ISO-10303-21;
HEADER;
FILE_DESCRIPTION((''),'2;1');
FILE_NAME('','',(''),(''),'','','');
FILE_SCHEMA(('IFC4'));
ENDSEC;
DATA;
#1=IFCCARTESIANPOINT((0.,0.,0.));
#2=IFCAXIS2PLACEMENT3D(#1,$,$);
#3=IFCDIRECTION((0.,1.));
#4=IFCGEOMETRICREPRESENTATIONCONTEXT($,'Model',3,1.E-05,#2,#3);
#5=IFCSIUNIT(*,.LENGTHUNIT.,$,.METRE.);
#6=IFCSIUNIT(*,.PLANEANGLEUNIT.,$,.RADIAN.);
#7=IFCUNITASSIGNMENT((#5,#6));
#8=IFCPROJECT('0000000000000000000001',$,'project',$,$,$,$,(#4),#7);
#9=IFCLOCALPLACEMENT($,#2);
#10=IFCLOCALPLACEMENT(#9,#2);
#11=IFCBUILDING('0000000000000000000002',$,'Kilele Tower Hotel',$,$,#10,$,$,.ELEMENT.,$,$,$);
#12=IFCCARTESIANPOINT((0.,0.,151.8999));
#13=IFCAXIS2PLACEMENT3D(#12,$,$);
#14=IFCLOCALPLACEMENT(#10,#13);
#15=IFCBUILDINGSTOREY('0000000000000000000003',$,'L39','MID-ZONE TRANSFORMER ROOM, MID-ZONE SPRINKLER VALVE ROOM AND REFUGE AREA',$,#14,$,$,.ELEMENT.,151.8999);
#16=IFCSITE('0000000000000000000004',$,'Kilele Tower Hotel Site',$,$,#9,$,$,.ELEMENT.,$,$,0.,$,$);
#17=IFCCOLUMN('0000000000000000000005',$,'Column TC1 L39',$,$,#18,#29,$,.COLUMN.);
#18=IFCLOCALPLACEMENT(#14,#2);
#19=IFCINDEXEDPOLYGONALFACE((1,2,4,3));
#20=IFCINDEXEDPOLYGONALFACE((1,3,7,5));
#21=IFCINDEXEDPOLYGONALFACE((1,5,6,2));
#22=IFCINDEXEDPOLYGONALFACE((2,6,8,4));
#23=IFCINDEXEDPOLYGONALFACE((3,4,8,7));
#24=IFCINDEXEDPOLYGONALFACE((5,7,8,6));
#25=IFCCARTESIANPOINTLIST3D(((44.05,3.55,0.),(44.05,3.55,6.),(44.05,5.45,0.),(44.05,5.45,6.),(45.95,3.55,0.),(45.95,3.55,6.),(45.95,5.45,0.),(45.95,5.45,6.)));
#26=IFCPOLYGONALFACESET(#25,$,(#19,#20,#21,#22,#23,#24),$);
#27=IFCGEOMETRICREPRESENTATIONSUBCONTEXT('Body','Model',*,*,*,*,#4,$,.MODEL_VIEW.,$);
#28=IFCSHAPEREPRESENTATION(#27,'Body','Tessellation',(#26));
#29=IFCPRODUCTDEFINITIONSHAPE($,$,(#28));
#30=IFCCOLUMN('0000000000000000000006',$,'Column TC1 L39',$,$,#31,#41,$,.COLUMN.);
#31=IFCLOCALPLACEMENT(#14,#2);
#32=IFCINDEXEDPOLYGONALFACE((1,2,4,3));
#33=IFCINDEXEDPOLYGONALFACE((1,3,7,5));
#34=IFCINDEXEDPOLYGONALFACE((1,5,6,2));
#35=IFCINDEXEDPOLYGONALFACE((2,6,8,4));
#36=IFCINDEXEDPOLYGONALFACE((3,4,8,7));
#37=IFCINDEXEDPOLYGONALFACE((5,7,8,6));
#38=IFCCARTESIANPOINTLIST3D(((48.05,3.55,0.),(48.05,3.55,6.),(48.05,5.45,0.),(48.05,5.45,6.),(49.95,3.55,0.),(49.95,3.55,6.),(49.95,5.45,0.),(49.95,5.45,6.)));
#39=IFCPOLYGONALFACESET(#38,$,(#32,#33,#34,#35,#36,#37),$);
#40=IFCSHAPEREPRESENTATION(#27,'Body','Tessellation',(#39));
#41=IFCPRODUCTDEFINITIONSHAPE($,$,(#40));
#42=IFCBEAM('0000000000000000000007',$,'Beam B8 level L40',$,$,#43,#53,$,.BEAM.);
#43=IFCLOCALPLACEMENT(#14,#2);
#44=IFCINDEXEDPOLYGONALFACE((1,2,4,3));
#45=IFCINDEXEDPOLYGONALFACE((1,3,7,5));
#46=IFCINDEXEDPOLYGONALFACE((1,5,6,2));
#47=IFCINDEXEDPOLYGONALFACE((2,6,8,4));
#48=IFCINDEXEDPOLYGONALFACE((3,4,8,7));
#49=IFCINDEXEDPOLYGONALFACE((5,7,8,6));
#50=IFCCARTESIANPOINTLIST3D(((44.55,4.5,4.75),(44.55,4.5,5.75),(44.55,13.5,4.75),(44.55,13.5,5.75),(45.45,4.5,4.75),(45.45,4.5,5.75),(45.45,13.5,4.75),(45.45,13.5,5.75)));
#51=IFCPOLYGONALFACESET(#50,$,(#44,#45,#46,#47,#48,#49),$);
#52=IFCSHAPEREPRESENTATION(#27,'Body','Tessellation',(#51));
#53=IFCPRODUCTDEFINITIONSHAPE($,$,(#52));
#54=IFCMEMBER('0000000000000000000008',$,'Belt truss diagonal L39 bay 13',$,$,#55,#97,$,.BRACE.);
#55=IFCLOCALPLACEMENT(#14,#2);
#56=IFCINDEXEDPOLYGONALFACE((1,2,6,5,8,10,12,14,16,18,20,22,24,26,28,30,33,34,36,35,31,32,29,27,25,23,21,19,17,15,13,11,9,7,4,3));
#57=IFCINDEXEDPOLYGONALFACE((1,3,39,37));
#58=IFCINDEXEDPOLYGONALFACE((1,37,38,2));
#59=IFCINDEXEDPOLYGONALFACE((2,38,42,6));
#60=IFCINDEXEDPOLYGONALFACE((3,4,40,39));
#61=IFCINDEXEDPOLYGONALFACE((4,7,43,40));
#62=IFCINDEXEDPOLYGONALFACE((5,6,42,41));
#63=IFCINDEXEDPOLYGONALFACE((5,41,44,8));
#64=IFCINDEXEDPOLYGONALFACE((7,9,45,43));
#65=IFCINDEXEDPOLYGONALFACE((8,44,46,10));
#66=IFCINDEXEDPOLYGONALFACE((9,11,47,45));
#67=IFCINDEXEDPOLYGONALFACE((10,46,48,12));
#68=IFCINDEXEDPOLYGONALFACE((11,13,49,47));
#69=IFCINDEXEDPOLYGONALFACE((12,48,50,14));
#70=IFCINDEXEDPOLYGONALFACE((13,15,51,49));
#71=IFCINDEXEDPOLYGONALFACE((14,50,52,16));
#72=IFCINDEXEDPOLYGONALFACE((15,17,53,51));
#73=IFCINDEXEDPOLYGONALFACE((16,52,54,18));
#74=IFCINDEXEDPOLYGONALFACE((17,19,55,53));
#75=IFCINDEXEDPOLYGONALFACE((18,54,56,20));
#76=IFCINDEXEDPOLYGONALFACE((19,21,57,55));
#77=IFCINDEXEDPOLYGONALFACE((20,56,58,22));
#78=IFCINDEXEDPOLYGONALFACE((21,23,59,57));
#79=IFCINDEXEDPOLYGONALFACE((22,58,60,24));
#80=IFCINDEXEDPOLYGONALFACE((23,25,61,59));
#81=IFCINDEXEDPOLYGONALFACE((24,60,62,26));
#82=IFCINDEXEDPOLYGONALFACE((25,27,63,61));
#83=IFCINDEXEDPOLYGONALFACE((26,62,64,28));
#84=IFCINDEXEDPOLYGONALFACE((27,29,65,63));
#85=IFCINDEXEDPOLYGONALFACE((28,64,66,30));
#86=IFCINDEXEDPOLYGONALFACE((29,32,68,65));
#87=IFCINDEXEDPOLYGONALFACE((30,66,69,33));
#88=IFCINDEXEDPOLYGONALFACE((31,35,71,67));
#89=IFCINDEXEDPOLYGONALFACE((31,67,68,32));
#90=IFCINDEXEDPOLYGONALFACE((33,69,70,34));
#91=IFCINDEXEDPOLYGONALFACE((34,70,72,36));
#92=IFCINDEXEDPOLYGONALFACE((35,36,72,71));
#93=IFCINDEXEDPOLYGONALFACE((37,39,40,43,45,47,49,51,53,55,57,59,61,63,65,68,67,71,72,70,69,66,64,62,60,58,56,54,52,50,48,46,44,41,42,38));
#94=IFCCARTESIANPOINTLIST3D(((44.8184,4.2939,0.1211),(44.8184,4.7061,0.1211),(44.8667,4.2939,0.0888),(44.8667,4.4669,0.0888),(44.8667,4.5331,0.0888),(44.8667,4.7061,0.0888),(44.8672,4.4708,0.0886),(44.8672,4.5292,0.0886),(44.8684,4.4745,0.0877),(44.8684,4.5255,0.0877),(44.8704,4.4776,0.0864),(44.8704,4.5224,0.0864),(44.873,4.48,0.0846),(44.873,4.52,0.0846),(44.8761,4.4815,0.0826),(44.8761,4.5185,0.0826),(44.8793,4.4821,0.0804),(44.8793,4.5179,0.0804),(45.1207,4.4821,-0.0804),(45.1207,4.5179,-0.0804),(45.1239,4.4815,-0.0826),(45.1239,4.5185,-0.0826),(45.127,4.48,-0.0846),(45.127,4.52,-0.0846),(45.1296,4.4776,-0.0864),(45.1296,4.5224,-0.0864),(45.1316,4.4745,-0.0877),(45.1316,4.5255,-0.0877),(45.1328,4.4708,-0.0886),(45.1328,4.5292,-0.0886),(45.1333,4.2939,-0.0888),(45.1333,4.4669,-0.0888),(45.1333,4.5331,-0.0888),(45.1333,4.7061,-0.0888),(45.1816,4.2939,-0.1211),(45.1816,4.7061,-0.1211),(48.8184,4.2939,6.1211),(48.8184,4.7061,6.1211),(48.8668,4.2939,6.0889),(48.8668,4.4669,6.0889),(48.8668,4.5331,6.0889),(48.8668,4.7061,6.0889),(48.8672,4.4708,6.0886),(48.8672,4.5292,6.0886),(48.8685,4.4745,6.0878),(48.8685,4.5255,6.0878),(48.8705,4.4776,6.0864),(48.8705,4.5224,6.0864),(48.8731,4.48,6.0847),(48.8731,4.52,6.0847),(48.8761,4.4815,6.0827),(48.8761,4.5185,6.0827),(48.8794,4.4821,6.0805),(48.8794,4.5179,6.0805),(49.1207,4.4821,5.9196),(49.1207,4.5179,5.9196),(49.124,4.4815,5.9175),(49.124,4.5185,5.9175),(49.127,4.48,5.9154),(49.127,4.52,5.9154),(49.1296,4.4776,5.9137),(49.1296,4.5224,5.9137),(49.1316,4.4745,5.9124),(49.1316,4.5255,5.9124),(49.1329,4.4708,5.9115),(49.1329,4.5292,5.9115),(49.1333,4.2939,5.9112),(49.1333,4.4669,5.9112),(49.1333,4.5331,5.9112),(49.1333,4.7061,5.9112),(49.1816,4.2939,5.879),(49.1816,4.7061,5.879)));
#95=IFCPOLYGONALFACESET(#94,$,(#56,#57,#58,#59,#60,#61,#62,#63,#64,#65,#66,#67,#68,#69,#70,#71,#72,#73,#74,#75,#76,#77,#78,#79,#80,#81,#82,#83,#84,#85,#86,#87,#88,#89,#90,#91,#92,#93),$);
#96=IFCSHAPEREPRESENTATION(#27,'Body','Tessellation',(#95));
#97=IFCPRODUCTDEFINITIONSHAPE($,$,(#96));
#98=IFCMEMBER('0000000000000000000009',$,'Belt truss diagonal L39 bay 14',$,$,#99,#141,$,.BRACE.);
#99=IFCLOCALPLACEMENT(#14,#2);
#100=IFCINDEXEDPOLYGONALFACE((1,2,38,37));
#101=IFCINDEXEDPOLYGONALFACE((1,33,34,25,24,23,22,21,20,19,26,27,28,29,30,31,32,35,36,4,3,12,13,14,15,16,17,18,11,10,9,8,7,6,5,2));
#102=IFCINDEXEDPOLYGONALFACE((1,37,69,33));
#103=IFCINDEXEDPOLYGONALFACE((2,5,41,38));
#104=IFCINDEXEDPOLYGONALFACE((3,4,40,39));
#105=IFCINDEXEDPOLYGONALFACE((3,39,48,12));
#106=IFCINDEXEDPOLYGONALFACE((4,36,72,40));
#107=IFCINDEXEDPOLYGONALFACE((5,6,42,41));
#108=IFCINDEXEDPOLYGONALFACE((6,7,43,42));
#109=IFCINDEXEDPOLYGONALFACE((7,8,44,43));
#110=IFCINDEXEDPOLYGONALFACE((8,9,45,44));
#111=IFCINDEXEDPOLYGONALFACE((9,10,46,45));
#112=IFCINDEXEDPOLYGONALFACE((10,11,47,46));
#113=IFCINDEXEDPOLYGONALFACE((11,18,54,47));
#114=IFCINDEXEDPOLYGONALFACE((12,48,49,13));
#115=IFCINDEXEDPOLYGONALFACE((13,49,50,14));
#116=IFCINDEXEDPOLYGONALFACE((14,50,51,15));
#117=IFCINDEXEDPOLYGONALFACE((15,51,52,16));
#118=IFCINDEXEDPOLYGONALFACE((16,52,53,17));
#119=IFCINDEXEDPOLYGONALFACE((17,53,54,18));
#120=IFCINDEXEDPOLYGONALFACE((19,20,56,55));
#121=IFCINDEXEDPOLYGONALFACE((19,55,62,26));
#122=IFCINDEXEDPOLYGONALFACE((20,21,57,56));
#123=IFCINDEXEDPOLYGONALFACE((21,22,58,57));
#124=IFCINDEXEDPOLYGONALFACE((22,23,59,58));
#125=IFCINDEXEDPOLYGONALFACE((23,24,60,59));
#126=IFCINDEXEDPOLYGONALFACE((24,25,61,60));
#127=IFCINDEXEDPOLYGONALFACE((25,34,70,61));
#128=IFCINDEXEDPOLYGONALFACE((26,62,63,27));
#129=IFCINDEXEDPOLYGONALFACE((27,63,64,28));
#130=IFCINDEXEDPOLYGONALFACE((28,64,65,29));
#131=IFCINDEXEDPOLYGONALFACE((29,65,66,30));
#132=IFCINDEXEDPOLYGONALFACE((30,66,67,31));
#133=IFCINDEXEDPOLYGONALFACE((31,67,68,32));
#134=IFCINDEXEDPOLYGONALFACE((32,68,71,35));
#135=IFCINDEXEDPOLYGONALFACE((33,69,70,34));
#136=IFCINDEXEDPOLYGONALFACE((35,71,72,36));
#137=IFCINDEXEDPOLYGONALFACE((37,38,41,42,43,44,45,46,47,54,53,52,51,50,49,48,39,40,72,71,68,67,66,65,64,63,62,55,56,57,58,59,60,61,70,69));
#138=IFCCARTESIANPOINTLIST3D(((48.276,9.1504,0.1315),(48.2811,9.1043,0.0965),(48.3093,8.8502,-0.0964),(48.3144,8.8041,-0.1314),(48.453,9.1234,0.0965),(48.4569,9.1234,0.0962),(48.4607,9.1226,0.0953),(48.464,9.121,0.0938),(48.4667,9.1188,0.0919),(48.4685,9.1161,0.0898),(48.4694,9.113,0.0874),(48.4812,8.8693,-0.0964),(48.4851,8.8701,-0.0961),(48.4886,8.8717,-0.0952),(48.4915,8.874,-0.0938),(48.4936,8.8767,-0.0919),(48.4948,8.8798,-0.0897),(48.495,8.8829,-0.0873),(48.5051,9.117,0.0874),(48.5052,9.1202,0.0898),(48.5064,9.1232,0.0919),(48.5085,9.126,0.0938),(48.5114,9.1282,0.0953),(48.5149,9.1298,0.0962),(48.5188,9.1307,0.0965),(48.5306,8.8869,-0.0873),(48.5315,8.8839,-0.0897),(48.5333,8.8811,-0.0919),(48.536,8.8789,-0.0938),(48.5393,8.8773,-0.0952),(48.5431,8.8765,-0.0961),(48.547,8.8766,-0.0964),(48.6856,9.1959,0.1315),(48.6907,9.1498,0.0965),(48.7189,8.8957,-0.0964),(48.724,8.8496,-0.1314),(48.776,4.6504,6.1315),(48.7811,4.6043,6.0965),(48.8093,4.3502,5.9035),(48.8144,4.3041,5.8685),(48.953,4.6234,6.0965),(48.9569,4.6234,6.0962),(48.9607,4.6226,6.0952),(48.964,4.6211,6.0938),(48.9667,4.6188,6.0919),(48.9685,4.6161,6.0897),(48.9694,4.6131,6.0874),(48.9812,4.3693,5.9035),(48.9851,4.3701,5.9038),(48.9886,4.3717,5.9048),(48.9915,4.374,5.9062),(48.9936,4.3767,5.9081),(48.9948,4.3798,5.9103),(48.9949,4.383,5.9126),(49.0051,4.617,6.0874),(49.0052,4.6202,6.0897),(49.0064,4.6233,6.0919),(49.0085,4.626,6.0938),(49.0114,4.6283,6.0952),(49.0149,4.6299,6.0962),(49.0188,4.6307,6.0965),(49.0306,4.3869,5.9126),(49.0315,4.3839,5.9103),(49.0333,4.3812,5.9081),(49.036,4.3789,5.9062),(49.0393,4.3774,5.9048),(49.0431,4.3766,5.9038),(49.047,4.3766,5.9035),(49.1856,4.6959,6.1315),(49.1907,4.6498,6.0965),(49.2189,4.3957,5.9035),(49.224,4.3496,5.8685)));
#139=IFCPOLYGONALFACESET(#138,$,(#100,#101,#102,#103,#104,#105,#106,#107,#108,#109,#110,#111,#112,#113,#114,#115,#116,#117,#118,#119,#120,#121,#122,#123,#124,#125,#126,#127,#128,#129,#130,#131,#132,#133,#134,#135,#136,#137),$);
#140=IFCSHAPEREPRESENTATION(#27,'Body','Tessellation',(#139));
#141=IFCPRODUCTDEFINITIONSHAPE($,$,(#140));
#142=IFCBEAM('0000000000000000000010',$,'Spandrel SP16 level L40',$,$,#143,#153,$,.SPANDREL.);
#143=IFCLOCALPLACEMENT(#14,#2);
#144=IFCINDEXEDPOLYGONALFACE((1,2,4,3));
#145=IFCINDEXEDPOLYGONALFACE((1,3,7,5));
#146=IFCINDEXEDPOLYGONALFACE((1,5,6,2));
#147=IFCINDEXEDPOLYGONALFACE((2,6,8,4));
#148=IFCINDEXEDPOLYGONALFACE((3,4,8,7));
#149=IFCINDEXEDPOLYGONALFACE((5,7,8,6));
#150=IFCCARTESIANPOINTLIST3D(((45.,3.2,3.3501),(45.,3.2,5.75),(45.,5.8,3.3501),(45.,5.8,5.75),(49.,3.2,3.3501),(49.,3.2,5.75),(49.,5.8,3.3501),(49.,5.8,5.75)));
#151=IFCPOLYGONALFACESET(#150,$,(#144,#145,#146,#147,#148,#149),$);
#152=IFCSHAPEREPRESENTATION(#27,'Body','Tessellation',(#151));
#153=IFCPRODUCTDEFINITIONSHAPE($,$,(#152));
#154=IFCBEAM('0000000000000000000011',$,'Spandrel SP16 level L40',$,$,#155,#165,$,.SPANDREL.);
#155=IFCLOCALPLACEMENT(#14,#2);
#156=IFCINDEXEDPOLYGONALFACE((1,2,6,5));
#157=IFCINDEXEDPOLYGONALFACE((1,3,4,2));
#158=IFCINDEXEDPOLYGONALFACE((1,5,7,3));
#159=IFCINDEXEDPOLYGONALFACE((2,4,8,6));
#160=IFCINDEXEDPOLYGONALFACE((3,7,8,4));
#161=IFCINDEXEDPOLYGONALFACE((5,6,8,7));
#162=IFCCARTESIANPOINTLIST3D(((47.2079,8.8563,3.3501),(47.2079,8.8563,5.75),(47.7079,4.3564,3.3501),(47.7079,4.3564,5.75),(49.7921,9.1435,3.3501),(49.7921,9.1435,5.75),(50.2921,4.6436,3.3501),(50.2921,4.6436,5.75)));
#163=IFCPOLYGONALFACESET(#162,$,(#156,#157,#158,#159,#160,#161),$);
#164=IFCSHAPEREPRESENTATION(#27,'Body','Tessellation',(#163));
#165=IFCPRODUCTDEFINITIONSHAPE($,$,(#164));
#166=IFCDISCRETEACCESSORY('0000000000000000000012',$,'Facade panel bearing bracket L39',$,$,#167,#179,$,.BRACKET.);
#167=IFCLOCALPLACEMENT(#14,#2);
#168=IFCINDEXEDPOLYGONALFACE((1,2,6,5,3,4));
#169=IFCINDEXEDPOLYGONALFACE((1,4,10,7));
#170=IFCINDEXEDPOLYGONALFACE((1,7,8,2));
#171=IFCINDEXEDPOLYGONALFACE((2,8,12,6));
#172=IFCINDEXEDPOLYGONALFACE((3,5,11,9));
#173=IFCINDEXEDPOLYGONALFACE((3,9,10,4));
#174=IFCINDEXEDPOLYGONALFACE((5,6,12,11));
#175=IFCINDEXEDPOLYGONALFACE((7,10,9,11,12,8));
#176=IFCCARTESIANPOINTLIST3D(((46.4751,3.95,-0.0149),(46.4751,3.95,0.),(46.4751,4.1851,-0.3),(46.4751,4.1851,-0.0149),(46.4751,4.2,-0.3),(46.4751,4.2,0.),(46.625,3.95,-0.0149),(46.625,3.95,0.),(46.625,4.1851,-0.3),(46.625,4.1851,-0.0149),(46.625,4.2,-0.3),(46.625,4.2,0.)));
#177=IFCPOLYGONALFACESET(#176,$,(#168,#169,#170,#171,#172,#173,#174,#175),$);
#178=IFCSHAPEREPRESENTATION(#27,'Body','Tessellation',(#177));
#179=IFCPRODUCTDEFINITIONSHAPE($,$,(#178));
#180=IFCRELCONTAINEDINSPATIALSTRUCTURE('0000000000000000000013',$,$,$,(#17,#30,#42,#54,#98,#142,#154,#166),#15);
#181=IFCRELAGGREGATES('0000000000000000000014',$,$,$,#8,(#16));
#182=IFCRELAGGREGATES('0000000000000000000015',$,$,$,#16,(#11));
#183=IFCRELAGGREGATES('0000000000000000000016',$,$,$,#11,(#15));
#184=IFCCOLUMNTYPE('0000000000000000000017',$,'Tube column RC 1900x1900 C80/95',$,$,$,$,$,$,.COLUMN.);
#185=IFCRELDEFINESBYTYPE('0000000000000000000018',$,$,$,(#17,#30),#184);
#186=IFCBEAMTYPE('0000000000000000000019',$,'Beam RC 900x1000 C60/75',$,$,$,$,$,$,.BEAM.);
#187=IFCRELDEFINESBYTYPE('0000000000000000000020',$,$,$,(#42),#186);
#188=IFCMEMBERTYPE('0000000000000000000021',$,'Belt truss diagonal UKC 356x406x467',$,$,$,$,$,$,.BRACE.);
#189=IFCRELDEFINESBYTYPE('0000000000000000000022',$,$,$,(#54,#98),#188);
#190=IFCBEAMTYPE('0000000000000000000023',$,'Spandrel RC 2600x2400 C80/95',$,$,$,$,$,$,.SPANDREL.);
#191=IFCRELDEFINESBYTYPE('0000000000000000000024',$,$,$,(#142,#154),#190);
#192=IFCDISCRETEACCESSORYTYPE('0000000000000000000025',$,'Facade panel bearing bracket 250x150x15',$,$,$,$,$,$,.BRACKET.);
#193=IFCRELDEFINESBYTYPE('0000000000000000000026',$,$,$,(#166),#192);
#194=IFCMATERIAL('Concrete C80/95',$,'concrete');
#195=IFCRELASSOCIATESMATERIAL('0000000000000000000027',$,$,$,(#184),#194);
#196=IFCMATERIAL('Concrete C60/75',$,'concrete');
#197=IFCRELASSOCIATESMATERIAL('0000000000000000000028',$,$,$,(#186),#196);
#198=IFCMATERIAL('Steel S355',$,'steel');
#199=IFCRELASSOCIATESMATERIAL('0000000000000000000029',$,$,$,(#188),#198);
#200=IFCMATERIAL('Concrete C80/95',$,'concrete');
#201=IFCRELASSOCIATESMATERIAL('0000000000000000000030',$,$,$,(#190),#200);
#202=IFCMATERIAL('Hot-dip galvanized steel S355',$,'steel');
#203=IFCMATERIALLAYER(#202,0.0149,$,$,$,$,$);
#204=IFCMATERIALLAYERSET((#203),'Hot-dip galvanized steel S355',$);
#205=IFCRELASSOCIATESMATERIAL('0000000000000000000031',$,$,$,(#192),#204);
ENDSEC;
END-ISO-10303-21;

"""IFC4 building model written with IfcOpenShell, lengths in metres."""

from ifc_helpers import new_model, si_unit, direction, frame, origin, origin_2d, place, context, subcontext, project, spatial, polyline, rectangle, i_section, outline, extrude, source, transform, mapped, material, layer, layer_set, material_profile, profile_set, type_object, element, save


model = new_model("IFC4")

# Units and contexts
model_context = context("Model", 3, precision=1e-05, world=origin(), true_north=direction((0.0, 1.0)))
body_context = subcontext(model_context, "Body", "Model", "MODEL_VIEW")
ifc_project = project(units=[si_unit("LENGTHUNIT", "METRE"), si_unit("PLANEANGLEUNIT", "RADIAN")], contexts=[model_context])

# Site, building, storey
site_placement = place(None, origin())
site = spatial("IfcSite", under=ifc_project, at=site_placement, Name="Kilele Tower Hotel Site", CompositionType="ELEMENT", RefElevation=0.0)
building_placement = place(site_placement, origin())
building = spatial("IfcBuilding", under=site, at=building_placement, Name="Kilele Tower Hotel", CompositionType="ELEMENT")
storey_placement = place(building_placement, frame((0.0, 0.0, 151.8999)))
storey = spatial("IfcBuildingStorey", under=building, at=storey_placement, Name="L39", Description="MID-ZONE TRANSFORMER ROOM, MID-ZONE SPRINKLER VALVE ROOM AND REFUGE AREA", CompositionType="ELEMENT", Elevation=151.8999)

# Columns
ifc_material_1 = material(Name="Concrete C80/95", Category="concrete")
ifc_material_profile_1 = material_profile(ifc_material_1, rectangle(XDim=1.8999, YDim=1.8999, at=origin_2d()))
ifc_profile_set_1 = profile_set([ifc_material_profile_1], Name="Concrete C80/95")
column_type = type_object("IfcColumnType", Name="Tube column RC 1900x1900 C80/95", PredefinedType="COLUMN", material=ifc_profile_set_1)
for number, where, z_axis, x_axis, name in (
    (1, (45.0, 4.5, 0.0), (0.0, 0.0, 1.0), (1.0, 0.0, 0.0), "Column TC1 L39"),
    (2, (49.0, 4.5, 0.0), (0.0, 0.0, 1.0), (1.0, 0.0, 0.0), "Column TC1 L39"),
):
    element("IfcColumn", number, at=place(storey_placement, frame(where, z_axis=z_axis, x_axis=x_axis)), inside=storey, type_object=column_type, Name=name, PredefinedType="COLUMN", context=body_context, shape_type="SweptSolid", body=[
        extrude(rectangle(XDim=1.8999, YDim=1.8999, at=origin_2d()), origin(), (0.0, 0.0, 1.0), 6.0),
    ])

# Beam
ifc_material_2 = material(Name="Concrete C60/75", Category="concrete")
ifc_material_profile_2 = material_profile(ifc_material_2, rectangle(XDim=0.8999, YDim=1.0, at=origin_2d()))
ifc_profile_set_2 = profile_set([ifc_material_profile_2], Name="Concrete C60/75")
beam_type_1 = type_object("IfcBeamType", Name="Beam RC 900x1000 C60/75", PredefinedType="BEAM", material=ifc_profile_set_2)
beam_1_placement = place(storey_placement, frame((45.0, 4.5, 5.25), z_axis=(0.0, 1.0, 0.0), x_axis=(-1.0, 0.0, 0.0)))
element("IfcBeam", 3, at=beam_1_placement, inside=storey, type_object=beam_type_1, Name="Beam B8 level L40", PredefinedType="BEAM", context=body_context, shape_type="SweptSolid", body=[
    extrude(rectangle(XDim=0.8999, YDim=1.0, at=origin_2d()), origin(), (0.0, 0.0, 1.0), 9.0),
])

# Members
ifc_material_3 = material(Name="Steel S355", Category="steel")
ifc_material_profile_3 = material_profile(ifc_material_3, i_section(OverallWidth=0.4121, OverallDepth=0.4365, WebThickness=0.0359, FlangeThickness=0.0581, FilletRadius=0.0151, at=origin_2d()))
ifc_profile_set_3 = profile_set([ifc_material_profile_3], Name="Steel S355")
member_type = type_object("IfcMemberType", Name="Belt truss diagonal UKC 356x406x467", PredefinedType="BRACE", material=ifc_profile_set_3)
member_1_placement = place(storey_placement, frame((45.0, 4.5, 0.0), z_axis=(0.5547, 0.0, 0.83205), x_axis=(0.0, 1.0, 0.0)))
element("IfcMember", 4, at=member_1_placement, inside=storey, type_object=member_type, Name="Belt truss diagonal L39 bay 13", PredefinedType="BRACE", context=body_context, shape_type="SweptSolid", body=[
    extrude(i_section(OverallWidth=0.4121, OverallDepth=0.4365, WebThickness=0.0359, FlangeThickness=0.0581, FilletRadius=0.0151, at=origin_2d()), origin(), (0.0, 0.0, 1.0), 7.2112),
])
member_2_placement = place(storey_placement, frame((49.0, 4.5, 6.0), z_axis=(-0.066519, 0.598671, -0.798228), x_axis=(-0.993884, -0.110432, 0.0)))
element("IfcMember", 5, at=member_2_placement, inside=storey, type_object=member_type, Name="Belt truss diagonal L39 bay 14", PredefinedType="BRACE", context=body_context, shape_type="SweptSolid", body=[
    extrude(i_section(OverallWidth=0.4121, OverallDepth=0.4365, WebThickness=0.0359, FlangeThickness=0.0581, FilletRadius=0.0151, at=origin_2d()), origin(), (0.0, 0.0, 1.0), 7.5166),
])

# Beams
ifc_material_4 = material(Name="Concrete C80/95", Category="concrete")
ifc_material_profile_4 = material_profile(ifc_material_4, rectangle(XDim=2.6001, YDim=2.3999, at=origin_2d()))
ifc_profile_set_4 = profile_set([ifc_material_profile_4], Name="Concrete C80/95")
beam_type_2 = type_object("IfcBeamType", Name="Spandrel RC 2600x2400 C80/95", PredefinedType="SPANDREL", material=ifc_profile_set_4)
beam_2_placement = place(storey_placement, frame((45.0, 4.5, 4.55), z_axis=(1.0, 0.0, 0.0), x_axis=(0.0, 1.0, 0.0)))
element("IfcBeam", 6, at=beam_2_placement, inside=storey, type_object=beam_type_2, Name="Spandrel SP16 level L40", PredefinedType="SPANDREL", context=body_context, shape_type="SweptSolid", body=[
    extrude(rectangle(XDim=2.6001, YDim=2.3999, at=origin_2d()), origin(), (0.0, 0.0, 1.0), 4.0),
])
beam_3_placement = place(storey_placement, frame((49.0, 4.5, 4.55), z_axis=(-0.110432, 0.993884, 0.0), x_axis=(-0.993884, -0.110432, 0.0)))
element("IfcBeam", 7, at=beam_3_placement, inside=storey, type_object=beam_type_2, Name="Spandrel SP16 level L40", PredefinedType="SPANDREL", context=body_context, shape_type="SweptSolid", body=[
    extrude(rectangle(XDim=2.6001, YDim=2.3999, at=origin_2d()), origin(), (0.0, 0.0, 1.0), 4.5276),
])

# Discrete accessory
ifc_material_5 = material(Name="Hot-dip galvanized steel S355", Category="steel")
ifc_layer_1 = layer(ifc_material_5, 0.0149)
ifc_layer_set_1 = layer_set([ifc_layer_1], Name="Hot-dip galvanized steel S355")
discrete_accessory_type_1 = type_object("IfcDiscreteAccessoryType", Name="Facade panel bearing bracket 250x150x15", PredefinedType="BRACKET", material=ifc_layer_set_1)
shared_shape_1 = source(origin(), body_context, "Body", "SweptSolid", [
    extrude(outline(polyline([(0.0, 0.0), (0.25, 0.0), (0.25, -0.0149), (0.0149, -0.0149), (0.0149, -0.3), (0.0, -0.3), (0.0, 0.0)])), origin(), (0.0, 0.0, 1.0), 0.1499),
])
for number, where, z_axis, x_axis, name in (
    (8, (46.625, 4.2, 0.0), (-1.0, 0.0, 0.0), (0.0, -1.0, 0.0), "Facade panel bearing bracket L39"),
):
    element("IfcDiscreteAccessory", number, at=place(storey_placement, frame(where, z_axis=z_axis, x_axis=x_axis)), inside=storey, type_object=discrete_accessory_type_1, Name=name, PredefinedType="BRACKET", context=body_context, shape_type="MappedRepresentation", body=[
        mapped(shared_shape_1, transform((0.0, 0.0, 0.0))),
    ])

save(model, "model.ifc")
